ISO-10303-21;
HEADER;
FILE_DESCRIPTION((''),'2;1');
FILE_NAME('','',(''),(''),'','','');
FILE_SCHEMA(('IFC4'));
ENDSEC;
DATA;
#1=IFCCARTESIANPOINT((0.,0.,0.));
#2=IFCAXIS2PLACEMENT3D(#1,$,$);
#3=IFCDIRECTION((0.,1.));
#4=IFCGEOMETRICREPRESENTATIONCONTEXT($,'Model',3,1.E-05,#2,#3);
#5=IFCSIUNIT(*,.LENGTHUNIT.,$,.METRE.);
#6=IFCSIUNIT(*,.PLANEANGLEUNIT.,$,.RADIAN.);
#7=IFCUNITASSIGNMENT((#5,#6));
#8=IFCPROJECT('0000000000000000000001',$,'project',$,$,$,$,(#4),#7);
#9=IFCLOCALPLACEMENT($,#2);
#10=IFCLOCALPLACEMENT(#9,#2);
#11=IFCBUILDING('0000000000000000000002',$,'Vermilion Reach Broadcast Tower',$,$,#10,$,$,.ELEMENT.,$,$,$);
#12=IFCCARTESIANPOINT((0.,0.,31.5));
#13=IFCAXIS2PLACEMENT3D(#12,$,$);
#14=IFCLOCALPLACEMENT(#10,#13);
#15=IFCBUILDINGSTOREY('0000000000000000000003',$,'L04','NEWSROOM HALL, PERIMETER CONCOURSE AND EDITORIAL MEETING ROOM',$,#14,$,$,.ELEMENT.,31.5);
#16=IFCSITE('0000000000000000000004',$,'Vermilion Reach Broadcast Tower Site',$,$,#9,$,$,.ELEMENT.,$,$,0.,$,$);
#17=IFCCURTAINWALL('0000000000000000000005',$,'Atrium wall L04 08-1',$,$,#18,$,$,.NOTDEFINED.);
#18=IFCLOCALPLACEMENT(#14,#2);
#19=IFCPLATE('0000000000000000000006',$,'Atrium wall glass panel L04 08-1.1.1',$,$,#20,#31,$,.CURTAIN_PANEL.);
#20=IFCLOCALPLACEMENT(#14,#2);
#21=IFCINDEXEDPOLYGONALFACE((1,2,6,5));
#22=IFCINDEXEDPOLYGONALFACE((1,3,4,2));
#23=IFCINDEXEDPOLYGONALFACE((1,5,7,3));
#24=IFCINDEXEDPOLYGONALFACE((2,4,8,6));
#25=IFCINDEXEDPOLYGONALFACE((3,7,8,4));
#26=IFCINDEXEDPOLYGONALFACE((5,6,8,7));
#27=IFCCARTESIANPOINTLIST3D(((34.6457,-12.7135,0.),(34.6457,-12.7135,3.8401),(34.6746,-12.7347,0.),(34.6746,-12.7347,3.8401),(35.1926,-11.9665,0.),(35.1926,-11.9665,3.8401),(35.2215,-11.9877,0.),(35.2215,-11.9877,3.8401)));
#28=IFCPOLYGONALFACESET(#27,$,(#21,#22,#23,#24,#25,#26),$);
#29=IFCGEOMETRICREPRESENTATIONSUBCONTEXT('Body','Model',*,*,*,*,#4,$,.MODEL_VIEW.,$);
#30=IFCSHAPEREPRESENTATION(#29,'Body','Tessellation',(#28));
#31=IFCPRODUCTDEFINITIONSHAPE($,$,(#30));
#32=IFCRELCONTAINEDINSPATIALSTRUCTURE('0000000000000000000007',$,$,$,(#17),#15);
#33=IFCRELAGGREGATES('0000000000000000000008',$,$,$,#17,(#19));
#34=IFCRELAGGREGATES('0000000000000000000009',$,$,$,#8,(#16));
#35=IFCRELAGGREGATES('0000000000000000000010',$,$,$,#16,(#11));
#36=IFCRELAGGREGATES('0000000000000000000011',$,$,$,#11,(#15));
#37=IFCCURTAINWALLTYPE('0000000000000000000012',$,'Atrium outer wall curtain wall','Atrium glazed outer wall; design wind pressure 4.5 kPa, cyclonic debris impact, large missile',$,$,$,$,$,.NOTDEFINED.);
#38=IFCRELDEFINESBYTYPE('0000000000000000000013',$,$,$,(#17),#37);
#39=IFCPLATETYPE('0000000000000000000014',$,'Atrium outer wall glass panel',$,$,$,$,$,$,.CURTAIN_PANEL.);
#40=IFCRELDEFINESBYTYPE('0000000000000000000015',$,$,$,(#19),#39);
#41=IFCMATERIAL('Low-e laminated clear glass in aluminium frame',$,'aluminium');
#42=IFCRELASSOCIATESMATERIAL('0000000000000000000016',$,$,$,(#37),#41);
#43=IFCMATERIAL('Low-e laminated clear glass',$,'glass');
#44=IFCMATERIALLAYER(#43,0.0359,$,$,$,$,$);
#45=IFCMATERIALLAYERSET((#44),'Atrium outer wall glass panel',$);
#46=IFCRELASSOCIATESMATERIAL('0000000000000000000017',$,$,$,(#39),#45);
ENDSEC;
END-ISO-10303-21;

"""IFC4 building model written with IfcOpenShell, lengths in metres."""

from ifc_helpers import new_model, si_unit, direction, frame, origin, origin_2d, place, context, subcontext, project, spatial, rectangle, extrude, material, layer, layer_set, type_object, element, aggregate, save


model = new_model("IFC4")

# Units and contexts
model_context = context("Model", 3, precision=1e-05, world=origin(), true_north=direction((0.0, 1.0)))
body_context = subcontext(model_context, "Body", "Model", "MODEL_VIEW")
ifc_project = project(units=[si_unit("LENGTHUNIT", "METRE"), si_unit("PLANEANGLEUNIT", "RADIAN")], contexts=[model_context])

# Site, building, storey
site_placement = place(None, origin())
site = spatial("IfcSite", under=ifc_project, at=site_placement, Name="Vermilion Reach Broadcast Tower Site", CompositionType="ELEMENT", RefElevation=0.0)
building_placement = place(site_placement, origin())
building = spatial("IfcBuilding", under=site, at=building_placement, Name="Vermilion Reach Broadcast Tower", CompositionType="ELEMENT")
storey_placement = place(building_placement, frame((0.0, 0.0, 31.5)))
storey = spatial("IfcBuildingStorey", under=building, at=storey_placement, Name="L04", Description="NEWSROOM HALL, PERIMETER CONCOURSE AND EDITORIAL MEETING ROOM", CompositionType="ELEMENT", Elevation=31.5)

# Curtain wall
ifc_material_1 = material(Name="Low-e laminated clear glass in aluminium frame", Category="aluminium")
curtain_wall_type = type_object("IfcCurtainWallType", Name="Atrium outer wall curtain wall", Description="Atrium glazed outer wall; design wind pressure 4.5 kPa, cyclonic debris impact, large missile", PredefinedType="NOTDEFINED", material=ifc_material_1)
placement = place(storey_placement, origin())
curtain_wall_1 = element("IfcCurtainWall", 1, at=placement, inside=storey, type_object=curtain_wall_type, Name="Atrium wall L04 08-1", PredefinedType="NOTDEFINED")

# Plate
ifc_material_2 = material(Name="Low-e laminated clear glass", Category="glass")
ifc_layer = layer(ifc_material_2, 0.0359)
ifc_layer_set = layer_set([ifc_layer], Name="Atrium outer wall glass panel")
plate_type = type_object("IfcPlateType", Name="Atrium outer wall glass panel", PredefinedType="CURTAIN_PANEL", material=ifc_layer_set)
plate_1_placement = place(storey_placement, frame((34.9336, -12.3506, 0.0), z_axis=(0.0, 0.0, 1.0), x_axis=(0.59076, 0.806847, 0.0)))
plate_1 = element("IfcPlate", 2, at=plate_1_placement, type_object=plate_type, Name="Atrium wall glass panel L04 08-1.1.1", PredefinedType="CURTAIN_PANEL", context=body_context, shape_type="SweptSolid", body=[
    extrude(rectangle(XDim=0.9258, YDim=0.0359, at=origin_2d()), origin(), (0.0, 0.0, 1.0), 3.8401),
])
aggregate(curtain_wall_1, [plate_1])

save(model, "model.ifc")
